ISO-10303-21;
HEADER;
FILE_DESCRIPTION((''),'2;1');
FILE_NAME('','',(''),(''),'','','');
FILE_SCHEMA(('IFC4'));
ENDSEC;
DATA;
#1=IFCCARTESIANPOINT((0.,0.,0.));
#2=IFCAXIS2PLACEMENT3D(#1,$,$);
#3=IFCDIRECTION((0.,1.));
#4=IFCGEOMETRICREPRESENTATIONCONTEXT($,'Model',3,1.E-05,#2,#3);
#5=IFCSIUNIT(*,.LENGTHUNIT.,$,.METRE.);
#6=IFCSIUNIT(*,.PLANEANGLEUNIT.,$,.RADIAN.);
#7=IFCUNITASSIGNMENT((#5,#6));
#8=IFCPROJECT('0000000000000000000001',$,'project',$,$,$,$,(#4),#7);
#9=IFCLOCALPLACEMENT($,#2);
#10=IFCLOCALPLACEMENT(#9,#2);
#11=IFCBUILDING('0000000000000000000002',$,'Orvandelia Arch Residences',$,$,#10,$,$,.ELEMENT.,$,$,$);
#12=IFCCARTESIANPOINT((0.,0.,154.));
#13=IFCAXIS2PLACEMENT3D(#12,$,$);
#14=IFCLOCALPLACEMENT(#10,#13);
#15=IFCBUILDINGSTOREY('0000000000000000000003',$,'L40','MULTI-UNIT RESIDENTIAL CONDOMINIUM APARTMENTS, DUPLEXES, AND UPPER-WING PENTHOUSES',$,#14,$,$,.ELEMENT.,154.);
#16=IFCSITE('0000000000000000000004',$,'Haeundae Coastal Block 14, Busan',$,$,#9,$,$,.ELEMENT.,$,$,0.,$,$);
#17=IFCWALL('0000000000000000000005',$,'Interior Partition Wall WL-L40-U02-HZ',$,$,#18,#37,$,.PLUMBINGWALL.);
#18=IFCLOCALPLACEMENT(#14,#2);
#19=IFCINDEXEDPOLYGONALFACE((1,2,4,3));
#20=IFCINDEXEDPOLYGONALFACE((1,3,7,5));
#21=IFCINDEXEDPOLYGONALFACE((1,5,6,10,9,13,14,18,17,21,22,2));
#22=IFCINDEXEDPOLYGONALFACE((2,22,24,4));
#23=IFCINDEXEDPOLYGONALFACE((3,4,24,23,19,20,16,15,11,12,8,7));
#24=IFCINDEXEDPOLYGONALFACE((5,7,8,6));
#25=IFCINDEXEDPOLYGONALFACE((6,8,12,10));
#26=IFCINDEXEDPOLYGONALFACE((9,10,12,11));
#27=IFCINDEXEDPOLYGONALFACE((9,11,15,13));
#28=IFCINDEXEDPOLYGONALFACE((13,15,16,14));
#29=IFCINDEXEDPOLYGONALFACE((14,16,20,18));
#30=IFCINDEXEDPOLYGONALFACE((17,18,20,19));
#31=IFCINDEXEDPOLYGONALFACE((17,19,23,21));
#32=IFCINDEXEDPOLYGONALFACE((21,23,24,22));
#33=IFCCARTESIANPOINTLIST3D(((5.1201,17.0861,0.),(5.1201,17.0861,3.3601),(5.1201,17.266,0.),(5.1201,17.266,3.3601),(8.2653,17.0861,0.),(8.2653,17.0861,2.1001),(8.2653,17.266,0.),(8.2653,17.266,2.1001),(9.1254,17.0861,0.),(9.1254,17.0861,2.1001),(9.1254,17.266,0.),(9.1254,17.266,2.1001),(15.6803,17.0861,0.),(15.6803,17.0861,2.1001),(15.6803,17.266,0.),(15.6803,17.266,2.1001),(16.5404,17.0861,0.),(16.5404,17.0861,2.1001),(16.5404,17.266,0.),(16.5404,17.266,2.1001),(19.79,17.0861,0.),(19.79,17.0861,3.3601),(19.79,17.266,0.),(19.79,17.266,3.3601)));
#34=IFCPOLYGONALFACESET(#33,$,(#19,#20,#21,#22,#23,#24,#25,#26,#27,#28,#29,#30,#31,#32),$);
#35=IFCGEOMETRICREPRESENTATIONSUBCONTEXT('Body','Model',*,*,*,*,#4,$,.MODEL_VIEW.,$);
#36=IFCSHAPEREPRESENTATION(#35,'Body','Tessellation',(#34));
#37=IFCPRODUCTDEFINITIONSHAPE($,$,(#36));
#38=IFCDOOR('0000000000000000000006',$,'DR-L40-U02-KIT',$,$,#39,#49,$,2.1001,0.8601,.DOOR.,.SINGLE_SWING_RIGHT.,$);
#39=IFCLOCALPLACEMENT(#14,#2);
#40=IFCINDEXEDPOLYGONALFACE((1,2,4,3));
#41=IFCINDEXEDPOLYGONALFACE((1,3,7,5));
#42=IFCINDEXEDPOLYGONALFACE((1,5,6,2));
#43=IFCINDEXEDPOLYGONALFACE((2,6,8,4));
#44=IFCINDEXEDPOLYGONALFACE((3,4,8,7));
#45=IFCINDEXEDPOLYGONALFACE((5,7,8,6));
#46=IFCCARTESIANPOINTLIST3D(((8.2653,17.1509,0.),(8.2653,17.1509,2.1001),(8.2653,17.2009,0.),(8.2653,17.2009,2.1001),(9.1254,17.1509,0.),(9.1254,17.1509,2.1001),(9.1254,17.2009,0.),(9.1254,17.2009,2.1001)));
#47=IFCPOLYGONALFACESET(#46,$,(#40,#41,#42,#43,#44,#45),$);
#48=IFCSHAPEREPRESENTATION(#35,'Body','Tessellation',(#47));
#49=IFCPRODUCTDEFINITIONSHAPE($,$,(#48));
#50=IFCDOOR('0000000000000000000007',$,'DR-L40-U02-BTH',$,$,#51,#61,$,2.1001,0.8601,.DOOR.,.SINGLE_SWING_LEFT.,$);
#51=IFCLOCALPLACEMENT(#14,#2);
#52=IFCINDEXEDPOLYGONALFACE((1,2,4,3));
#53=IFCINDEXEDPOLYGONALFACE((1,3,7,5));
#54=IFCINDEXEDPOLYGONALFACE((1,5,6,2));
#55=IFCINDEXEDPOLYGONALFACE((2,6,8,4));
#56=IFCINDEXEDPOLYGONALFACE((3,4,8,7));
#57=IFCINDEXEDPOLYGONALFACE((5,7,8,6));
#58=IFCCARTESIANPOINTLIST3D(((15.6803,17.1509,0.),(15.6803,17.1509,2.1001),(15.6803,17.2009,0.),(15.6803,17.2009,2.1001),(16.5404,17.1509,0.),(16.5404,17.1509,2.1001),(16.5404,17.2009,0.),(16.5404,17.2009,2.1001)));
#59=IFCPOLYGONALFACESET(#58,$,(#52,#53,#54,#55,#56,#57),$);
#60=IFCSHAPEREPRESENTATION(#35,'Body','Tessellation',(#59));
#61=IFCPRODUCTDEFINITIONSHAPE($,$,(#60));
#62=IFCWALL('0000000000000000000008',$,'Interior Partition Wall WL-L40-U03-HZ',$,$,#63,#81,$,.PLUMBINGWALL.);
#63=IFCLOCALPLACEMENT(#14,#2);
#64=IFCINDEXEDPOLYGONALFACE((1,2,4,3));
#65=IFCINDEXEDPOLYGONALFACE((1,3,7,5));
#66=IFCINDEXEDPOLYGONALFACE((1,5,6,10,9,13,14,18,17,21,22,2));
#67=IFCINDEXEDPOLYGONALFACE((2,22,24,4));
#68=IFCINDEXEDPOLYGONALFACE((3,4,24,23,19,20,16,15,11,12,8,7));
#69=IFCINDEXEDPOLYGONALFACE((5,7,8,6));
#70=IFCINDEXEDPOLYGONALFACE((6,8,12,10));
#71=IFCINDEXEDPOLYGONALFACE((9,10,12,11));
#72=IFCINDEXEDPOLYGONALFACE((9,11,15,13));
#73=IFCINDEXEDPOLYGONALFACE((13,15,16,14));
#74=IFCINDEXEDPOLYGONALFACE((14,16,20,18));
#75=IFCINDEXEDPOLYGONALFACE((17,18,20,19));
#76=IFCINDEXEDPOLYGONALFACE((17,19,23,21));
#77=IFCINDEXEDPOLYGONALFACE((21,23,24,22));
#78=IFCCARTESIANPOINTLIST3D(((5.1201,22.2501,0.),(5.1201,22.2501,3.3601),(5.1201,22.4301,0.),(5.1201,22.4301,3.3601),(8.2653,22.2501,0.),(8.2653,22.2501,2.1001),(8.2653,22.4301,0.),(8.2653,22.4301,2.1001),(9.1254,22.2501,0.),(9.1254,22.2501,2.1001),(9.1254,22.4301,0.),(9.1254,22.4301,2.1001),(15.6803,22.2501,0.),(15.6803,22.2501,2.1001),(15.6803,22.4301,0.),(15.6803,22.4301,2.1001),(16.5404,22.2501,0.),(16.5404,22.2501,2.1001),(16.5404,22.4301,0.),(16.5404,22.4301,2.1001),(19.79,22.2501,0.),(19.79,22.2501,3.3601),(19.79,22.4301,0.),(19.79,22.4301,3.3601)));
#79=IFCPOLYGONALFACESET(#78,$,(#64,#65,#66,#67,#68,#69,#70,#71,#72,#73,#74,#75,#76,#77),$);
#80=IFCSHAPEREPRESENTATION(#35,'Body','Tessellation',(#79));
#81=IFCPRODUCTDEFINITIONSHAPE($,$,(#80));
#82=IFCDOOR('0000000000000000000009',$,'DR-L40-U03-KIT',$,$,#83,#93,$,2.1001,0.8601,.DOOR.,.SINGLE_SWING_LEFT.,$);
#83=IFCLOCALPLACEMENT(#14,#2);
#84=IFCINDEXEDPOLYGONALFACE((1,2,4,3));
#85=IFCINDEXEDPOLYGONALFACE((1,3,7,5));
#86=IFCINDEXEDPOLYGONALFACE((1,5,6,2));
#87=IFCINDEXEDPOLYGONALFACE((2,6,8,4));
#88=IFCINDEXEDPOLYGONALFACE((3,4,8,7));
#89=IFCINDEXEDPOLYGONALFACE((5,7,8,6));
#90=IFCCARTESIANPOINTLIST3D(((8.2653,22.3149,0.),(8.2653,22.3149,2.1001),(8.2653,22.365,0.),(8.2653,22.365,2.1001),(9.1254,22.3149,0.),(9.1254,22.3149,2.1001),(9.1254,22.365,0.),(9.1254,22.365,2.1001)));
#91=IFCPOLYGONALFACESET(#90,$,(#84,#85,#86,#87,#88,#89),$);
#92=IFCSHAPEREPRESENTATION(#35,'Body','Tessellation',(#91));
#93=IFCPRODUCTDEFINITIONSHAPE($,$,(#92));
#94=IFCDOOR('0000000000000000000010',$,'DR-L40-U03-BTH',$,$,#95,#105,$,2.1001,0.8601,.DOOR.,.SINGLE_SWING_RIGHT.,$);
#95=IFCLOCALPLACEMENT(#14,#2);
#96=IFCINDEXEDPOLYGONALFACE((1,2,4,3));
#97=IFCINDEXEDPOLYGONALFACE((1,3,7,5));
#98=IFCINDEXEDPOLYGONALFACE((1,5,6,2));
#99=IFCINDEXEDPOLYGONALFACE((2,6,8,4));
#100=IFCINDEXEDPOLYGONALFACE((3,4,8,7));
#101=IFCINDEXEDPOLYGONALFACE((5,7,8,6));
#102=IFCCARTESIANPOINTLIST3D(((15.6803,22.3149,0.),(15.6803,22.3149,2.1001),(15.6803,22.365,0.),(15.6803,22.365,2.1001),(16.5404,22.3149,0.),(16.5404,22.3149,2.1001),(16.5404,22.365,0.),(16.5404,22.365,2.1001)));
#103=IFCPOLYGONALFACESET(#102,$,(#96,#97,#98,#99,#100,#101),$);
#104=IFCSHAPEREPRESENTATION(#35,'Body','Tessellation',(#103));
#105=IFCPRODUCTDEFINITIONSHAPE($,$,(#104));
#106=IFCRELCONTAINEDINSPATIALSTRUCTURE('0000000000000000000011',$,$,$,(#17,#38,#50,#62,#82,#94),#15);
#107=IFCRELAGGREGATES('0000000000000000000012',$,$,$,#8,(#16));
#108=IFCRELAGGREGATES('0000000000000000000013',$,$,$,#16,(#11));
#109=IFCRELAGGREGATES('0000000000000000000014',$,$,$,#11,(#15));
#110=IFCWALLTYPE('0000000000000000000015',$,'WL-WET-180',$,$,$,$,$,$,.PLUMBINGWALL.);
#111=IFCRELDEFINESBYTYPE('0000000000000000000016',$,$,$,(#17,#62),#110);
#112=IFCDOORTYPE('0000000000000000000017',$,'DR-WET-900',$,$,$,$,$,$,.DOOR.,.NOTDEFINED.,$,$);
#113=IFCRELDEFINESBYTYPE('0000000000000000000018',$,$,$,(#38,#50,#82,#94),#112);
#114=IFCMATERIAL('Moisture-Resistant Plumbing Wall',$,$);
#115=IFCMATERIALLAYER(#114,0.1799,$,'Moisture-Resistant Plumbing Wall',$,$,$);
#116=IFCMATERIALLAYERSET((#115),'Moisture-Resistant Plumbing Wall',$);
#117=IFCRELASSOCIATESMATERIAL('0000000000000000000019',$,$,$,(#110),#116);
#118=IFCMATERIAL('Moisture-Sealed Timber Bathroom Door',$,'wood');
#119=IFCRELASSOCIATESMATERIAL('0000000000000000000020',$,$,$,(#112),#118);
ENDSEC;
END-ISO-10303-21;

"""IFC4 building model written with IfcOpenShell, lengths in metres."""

from ifc_helpers import new_model, si_unit, direction, frame, frame_2d, origin, place, context, subcontext, project, spatial, rectangle, extrude, material, layer, layer_set, type_object, element, fill, save


model = new_model("IFC4")

# Units and contexts
model_context = context("Model", 3, precision=1e-05, world=origin(), true_north=direction((0.0, 1.0)))
body_context = subcontext(model_context, "Body", "Model", "MODEL_VIEW")
ifc_project = project(units=[si_unit("LENGTHUNIT", "METRE"), si_unit("PLANEANGLEUNIT", "RADIAN")], contexts=[model_context])

# Site, building, storey
site_placement = place(None, origin())
site = spatial("IfcSite", under=ifc_project, at=site_placement, Name="Haeundae Coastal Block 14, Busan", CompositionType="ELEMENT", RefElevation=0.0)
building_placement = place(site_placement, origin())
building = spatial("IfcBuilding", under=site, at=building_placement, Name="Orvandelia Arch Residences", CompositionType="ELEMENT")
storey_placement = place(building_placement, frame((0.0, 0.0, 154.0)))
storey = spatial("IfcBuildingStorey", under=building, at=storey_placement, Name="L40", Description="MULTI-UNIT RESIDENTIAL CONDOMINIUM APARTMENTS, DUPLEXES, AND UPPER-WING PENTHOUSES", CompositionType="ELEMENT", Elevation=154.0)

# Walls, openings, doors
ifc_material_1 = material(Name="Moisture-Resistant Plumbing Wall")
ifc_layer_1 = layer(ifc_material_1, 0.1799, Name="Moisture-Resistant Plumbing Wall")
ifc_layer_set_1 = layer_set([ifc_layer_1], Name="Moisture-Resistant Plumbing Wall")
wall_type_1 = type_object("IfcWallType", Name="WL-WET-180", PredefinedType="PLUMBINGWALL", material=ifc_layer_set_1)
wall_1_placement = place(storey_placement, frame((5.1201, 17.176, 0.0), z_axis=(0.0, 0.0, 1.0), x_axis=(1.0, 0.0, 0.0)))
wall_1 = element("IfcWall", 1, at=wall_1_placement, inside=storey, type_object=wall_type_1, Name="Interior Partition Wall WL-L40-U02-HZ", PredefinedType="PLUMBINGWALL", context=body_context, shape_type="SweptSolid", body=[
    extrude(rectangle(XDim=14.6699, YDim=0.1799, at=frame_2d((7.335, 0.0))), origin(), (0.0, 0.0, 1.0), 3.3601),
])
opening_1_placement = place(wall_1_placement, frame((3.145, 0.0, 0.0)))
opening_1 = element("IfcOpeningElement", 2, at=opening_1_placement, cuts=wall_1, PredefinedType="OPENING", context=body_context, shape_type="SweptSolid", body=[
    extrude(rectangle(XDim=0.8601, YDim=2.1001, at=frame_2d((0.4302, 1.05))), frame((0.0, 0.1001, 0.0), z_axis=(0.0, -1.0, 0.0), x_axis=(1.0, 0.0, 0.0)), (0.0, 0.0, 1.0), 0.2),
])
opening_2_placement = place(wall_1_placement, frame((10.5601, 0.0, 0.0)))
opening_2 = element("IfcOpeningElement", 3, at=opening_2_placement, cuts=wall_1, PredefinedType="OPENING", context=body_context, shape_type="SweptSolid", body=[
    extrude(rectangle(XDim=0.8601, YDim=2.1001, at=frame_2d((0.4302, 1.05))), frame((0.0, 0.1001, 0.0), z_axis=(0.0, -1.0, 0.0), x_axis=(1.0, 0.0, 0.0)), (0.0, 0.0, 1.0), 0.2),
])
ifc_material_2 = material(Name="Moisture-Sealed Timber Bathroom Door", Category="wood")
door_type = type_object("IfcDoorType", Name="DR-WET-900", OperationType="NOTDEFINED", PredefinedType="DOOR", material=ifc_material_2)
door_1_placement = place(opening_1_placement, origin())
door_1 = element("IfcDoor", 4, at=door_1_placement, inside=storey, type_object=door_type, Name="DR-L40-U02-KIT", OperationType="SINGLE_SWING_RIGHT", OverallHeight=2.1001, OverallWidth=0.8601, PredefinedType="DOOR", context=body_context, shape_type="SweptSolid", body=[
    extrude(rectangle(XDim=0.8601, YDim=2.1001, at=frame_2d((0.4302, 1.05))), frame((0.0, 0.0249, 0.0), z_axis=(0.0, -1.0, 0.0), x_axis=(1.0, 0.0, 0.0)), (0.0, 0.0, 1.0), 0.05),
])
fill(opening_1, door_1)
door_2_placement = place(opening_2_placement, origin())
door_2 = element("IfcDoor", 5, at=door_2_placement, inside=storey, type_object=door_type, Name="DR-L40-U02-BTH", OperationType="SINGLE_SWING_LEFT", OverallHeight=2.1001, OverallWidth=0.8601, PredefinedType="DOOR", context=body_context, shape_type="SweptSolid", body=[
    extrude(rectangle(XDim=0.8601, YDim=2.1001, at=frame_2d((0.4302, 1.05))), frame((0.0, 0.0249, 0.0), z_axis=(0.0, -1.0, 0.0), x_axis=(1.0, 0.0, 0.0)), (0.0, 0.0, 1.0), 0.05),
])
fill(opening_2, door_2)
wall_2_placement = place(storey_placement, frame((5.1201, 22.3401, 0.0), z_axis=(0.0, 0.0, 1.0), x_axis=(1.0, 0.0, 0.0)))
wall_2 = element("IfcWall", 6, at=wall_2_placement, inside=storey, type_object=wall_type_1, Name="Interior Partition Wall WL-L40-U03-HZ", PredefinedType="PLUMBINGWALL", context=body_context, shape_type="SweptSolid", body=[
    extrude(rectangle(XDim=14.6699, YDim=0.1799, at=frame_2d((7.335, 0.0))), origin(), (0.0, 0.0, 1.0), 3.3601),
])
opening_3_placement = place(wall_2_placement, frame((3.145, 0.0, 0.0)))
opening_3 = element("IfcOpeningElement", 7, at=opening_3_placement, cuts=wall_2, PredefinedType="OPENING", context=body_context, shape_type="SweptSolid", body=[
    extrude(rectangle(XDim=0.8601, YDim=2.1001, at=frame_2d((0.4302, 1.05))), frame((0.0, 0.1001, 0.0), z_axis=(0.0, -1.0, 0.0), x_axis=(1.0, 0.0, 0.0)), (0.0, 0.0, 1.0), 0.2),
])
opening_4_placement = place(wall_2_placement, frame((10.5601, 0.0, 0.0)))
opening_4 = element("IfcOpeningElement", 8, at=opening_4_placement, cuts=wall_2, PredefinedType="OPENING", context=body_context, shape_type="SweptSolid", body=[
    extrude(rectangle(XDim=0.8601, YDim=2.1001, at=frame_2d((0.4302, 1.05))), frame((0.0, 0.1001, 0.0), z_axis=(0.0, -1.0, 0.0), x_axis=(1.0, 0.0, 0.0)), (0.0, 0.0, 1.0), 0.2),
])
door_3_placement = place(opening_3_placement, origin())
door_3 = element("IfcDoor", 9, at=door_3_placement, inside=storey, type_object=door_type, Name="DR-L40-U03-KIT", OperationType="SINGLE_SWING_LEFT", OverallHeight=2.1001, OverallWidth=0.8601, PredefinedType="DOOR", context=body_context, shape_type="SweptSolid", body=[
    extrude(rectangle(XDim=0.8601, YDim=2.1001, at=frame_2d((0.4302, 1.05))), frame((0.0, 0.0249, 0.0), z_axis=(0.0, -1.0, 0.0), x_axis=(1.0, 0.0, 0.0)), (0.0, 0.0, 1.0), 0.05),
])
fill(opening_3, door_3)
door_4_placement = place(opening_4_placement, origin())
door_4 = element("IfcDoor", 10, at=door_4_placement, inside=storey, type_object=door_type, Name="DR-L40-U03-BTH", OperationType="SINGLE_SWING_RIGHT", OverallHeight=2.1001, OverallWidth=0.8601, PredefinedType="DOOR", context=body_context, shape_type="SweptSolid", body=[
    extrude(rectangle(XDim=0.8601, YDim=2.1001, at=frame_2d((0.4302, 1.05))), frame((0.0, 0.0249, 0.0), z_axis=(0.0, -1.0, 0.0), x_axis=(1.0, 0.0, 0.0)), (0.0, 0.0, 1.0), 0.05),
])
fill(opening_4, door_4)

save(model, "model.ifc")
